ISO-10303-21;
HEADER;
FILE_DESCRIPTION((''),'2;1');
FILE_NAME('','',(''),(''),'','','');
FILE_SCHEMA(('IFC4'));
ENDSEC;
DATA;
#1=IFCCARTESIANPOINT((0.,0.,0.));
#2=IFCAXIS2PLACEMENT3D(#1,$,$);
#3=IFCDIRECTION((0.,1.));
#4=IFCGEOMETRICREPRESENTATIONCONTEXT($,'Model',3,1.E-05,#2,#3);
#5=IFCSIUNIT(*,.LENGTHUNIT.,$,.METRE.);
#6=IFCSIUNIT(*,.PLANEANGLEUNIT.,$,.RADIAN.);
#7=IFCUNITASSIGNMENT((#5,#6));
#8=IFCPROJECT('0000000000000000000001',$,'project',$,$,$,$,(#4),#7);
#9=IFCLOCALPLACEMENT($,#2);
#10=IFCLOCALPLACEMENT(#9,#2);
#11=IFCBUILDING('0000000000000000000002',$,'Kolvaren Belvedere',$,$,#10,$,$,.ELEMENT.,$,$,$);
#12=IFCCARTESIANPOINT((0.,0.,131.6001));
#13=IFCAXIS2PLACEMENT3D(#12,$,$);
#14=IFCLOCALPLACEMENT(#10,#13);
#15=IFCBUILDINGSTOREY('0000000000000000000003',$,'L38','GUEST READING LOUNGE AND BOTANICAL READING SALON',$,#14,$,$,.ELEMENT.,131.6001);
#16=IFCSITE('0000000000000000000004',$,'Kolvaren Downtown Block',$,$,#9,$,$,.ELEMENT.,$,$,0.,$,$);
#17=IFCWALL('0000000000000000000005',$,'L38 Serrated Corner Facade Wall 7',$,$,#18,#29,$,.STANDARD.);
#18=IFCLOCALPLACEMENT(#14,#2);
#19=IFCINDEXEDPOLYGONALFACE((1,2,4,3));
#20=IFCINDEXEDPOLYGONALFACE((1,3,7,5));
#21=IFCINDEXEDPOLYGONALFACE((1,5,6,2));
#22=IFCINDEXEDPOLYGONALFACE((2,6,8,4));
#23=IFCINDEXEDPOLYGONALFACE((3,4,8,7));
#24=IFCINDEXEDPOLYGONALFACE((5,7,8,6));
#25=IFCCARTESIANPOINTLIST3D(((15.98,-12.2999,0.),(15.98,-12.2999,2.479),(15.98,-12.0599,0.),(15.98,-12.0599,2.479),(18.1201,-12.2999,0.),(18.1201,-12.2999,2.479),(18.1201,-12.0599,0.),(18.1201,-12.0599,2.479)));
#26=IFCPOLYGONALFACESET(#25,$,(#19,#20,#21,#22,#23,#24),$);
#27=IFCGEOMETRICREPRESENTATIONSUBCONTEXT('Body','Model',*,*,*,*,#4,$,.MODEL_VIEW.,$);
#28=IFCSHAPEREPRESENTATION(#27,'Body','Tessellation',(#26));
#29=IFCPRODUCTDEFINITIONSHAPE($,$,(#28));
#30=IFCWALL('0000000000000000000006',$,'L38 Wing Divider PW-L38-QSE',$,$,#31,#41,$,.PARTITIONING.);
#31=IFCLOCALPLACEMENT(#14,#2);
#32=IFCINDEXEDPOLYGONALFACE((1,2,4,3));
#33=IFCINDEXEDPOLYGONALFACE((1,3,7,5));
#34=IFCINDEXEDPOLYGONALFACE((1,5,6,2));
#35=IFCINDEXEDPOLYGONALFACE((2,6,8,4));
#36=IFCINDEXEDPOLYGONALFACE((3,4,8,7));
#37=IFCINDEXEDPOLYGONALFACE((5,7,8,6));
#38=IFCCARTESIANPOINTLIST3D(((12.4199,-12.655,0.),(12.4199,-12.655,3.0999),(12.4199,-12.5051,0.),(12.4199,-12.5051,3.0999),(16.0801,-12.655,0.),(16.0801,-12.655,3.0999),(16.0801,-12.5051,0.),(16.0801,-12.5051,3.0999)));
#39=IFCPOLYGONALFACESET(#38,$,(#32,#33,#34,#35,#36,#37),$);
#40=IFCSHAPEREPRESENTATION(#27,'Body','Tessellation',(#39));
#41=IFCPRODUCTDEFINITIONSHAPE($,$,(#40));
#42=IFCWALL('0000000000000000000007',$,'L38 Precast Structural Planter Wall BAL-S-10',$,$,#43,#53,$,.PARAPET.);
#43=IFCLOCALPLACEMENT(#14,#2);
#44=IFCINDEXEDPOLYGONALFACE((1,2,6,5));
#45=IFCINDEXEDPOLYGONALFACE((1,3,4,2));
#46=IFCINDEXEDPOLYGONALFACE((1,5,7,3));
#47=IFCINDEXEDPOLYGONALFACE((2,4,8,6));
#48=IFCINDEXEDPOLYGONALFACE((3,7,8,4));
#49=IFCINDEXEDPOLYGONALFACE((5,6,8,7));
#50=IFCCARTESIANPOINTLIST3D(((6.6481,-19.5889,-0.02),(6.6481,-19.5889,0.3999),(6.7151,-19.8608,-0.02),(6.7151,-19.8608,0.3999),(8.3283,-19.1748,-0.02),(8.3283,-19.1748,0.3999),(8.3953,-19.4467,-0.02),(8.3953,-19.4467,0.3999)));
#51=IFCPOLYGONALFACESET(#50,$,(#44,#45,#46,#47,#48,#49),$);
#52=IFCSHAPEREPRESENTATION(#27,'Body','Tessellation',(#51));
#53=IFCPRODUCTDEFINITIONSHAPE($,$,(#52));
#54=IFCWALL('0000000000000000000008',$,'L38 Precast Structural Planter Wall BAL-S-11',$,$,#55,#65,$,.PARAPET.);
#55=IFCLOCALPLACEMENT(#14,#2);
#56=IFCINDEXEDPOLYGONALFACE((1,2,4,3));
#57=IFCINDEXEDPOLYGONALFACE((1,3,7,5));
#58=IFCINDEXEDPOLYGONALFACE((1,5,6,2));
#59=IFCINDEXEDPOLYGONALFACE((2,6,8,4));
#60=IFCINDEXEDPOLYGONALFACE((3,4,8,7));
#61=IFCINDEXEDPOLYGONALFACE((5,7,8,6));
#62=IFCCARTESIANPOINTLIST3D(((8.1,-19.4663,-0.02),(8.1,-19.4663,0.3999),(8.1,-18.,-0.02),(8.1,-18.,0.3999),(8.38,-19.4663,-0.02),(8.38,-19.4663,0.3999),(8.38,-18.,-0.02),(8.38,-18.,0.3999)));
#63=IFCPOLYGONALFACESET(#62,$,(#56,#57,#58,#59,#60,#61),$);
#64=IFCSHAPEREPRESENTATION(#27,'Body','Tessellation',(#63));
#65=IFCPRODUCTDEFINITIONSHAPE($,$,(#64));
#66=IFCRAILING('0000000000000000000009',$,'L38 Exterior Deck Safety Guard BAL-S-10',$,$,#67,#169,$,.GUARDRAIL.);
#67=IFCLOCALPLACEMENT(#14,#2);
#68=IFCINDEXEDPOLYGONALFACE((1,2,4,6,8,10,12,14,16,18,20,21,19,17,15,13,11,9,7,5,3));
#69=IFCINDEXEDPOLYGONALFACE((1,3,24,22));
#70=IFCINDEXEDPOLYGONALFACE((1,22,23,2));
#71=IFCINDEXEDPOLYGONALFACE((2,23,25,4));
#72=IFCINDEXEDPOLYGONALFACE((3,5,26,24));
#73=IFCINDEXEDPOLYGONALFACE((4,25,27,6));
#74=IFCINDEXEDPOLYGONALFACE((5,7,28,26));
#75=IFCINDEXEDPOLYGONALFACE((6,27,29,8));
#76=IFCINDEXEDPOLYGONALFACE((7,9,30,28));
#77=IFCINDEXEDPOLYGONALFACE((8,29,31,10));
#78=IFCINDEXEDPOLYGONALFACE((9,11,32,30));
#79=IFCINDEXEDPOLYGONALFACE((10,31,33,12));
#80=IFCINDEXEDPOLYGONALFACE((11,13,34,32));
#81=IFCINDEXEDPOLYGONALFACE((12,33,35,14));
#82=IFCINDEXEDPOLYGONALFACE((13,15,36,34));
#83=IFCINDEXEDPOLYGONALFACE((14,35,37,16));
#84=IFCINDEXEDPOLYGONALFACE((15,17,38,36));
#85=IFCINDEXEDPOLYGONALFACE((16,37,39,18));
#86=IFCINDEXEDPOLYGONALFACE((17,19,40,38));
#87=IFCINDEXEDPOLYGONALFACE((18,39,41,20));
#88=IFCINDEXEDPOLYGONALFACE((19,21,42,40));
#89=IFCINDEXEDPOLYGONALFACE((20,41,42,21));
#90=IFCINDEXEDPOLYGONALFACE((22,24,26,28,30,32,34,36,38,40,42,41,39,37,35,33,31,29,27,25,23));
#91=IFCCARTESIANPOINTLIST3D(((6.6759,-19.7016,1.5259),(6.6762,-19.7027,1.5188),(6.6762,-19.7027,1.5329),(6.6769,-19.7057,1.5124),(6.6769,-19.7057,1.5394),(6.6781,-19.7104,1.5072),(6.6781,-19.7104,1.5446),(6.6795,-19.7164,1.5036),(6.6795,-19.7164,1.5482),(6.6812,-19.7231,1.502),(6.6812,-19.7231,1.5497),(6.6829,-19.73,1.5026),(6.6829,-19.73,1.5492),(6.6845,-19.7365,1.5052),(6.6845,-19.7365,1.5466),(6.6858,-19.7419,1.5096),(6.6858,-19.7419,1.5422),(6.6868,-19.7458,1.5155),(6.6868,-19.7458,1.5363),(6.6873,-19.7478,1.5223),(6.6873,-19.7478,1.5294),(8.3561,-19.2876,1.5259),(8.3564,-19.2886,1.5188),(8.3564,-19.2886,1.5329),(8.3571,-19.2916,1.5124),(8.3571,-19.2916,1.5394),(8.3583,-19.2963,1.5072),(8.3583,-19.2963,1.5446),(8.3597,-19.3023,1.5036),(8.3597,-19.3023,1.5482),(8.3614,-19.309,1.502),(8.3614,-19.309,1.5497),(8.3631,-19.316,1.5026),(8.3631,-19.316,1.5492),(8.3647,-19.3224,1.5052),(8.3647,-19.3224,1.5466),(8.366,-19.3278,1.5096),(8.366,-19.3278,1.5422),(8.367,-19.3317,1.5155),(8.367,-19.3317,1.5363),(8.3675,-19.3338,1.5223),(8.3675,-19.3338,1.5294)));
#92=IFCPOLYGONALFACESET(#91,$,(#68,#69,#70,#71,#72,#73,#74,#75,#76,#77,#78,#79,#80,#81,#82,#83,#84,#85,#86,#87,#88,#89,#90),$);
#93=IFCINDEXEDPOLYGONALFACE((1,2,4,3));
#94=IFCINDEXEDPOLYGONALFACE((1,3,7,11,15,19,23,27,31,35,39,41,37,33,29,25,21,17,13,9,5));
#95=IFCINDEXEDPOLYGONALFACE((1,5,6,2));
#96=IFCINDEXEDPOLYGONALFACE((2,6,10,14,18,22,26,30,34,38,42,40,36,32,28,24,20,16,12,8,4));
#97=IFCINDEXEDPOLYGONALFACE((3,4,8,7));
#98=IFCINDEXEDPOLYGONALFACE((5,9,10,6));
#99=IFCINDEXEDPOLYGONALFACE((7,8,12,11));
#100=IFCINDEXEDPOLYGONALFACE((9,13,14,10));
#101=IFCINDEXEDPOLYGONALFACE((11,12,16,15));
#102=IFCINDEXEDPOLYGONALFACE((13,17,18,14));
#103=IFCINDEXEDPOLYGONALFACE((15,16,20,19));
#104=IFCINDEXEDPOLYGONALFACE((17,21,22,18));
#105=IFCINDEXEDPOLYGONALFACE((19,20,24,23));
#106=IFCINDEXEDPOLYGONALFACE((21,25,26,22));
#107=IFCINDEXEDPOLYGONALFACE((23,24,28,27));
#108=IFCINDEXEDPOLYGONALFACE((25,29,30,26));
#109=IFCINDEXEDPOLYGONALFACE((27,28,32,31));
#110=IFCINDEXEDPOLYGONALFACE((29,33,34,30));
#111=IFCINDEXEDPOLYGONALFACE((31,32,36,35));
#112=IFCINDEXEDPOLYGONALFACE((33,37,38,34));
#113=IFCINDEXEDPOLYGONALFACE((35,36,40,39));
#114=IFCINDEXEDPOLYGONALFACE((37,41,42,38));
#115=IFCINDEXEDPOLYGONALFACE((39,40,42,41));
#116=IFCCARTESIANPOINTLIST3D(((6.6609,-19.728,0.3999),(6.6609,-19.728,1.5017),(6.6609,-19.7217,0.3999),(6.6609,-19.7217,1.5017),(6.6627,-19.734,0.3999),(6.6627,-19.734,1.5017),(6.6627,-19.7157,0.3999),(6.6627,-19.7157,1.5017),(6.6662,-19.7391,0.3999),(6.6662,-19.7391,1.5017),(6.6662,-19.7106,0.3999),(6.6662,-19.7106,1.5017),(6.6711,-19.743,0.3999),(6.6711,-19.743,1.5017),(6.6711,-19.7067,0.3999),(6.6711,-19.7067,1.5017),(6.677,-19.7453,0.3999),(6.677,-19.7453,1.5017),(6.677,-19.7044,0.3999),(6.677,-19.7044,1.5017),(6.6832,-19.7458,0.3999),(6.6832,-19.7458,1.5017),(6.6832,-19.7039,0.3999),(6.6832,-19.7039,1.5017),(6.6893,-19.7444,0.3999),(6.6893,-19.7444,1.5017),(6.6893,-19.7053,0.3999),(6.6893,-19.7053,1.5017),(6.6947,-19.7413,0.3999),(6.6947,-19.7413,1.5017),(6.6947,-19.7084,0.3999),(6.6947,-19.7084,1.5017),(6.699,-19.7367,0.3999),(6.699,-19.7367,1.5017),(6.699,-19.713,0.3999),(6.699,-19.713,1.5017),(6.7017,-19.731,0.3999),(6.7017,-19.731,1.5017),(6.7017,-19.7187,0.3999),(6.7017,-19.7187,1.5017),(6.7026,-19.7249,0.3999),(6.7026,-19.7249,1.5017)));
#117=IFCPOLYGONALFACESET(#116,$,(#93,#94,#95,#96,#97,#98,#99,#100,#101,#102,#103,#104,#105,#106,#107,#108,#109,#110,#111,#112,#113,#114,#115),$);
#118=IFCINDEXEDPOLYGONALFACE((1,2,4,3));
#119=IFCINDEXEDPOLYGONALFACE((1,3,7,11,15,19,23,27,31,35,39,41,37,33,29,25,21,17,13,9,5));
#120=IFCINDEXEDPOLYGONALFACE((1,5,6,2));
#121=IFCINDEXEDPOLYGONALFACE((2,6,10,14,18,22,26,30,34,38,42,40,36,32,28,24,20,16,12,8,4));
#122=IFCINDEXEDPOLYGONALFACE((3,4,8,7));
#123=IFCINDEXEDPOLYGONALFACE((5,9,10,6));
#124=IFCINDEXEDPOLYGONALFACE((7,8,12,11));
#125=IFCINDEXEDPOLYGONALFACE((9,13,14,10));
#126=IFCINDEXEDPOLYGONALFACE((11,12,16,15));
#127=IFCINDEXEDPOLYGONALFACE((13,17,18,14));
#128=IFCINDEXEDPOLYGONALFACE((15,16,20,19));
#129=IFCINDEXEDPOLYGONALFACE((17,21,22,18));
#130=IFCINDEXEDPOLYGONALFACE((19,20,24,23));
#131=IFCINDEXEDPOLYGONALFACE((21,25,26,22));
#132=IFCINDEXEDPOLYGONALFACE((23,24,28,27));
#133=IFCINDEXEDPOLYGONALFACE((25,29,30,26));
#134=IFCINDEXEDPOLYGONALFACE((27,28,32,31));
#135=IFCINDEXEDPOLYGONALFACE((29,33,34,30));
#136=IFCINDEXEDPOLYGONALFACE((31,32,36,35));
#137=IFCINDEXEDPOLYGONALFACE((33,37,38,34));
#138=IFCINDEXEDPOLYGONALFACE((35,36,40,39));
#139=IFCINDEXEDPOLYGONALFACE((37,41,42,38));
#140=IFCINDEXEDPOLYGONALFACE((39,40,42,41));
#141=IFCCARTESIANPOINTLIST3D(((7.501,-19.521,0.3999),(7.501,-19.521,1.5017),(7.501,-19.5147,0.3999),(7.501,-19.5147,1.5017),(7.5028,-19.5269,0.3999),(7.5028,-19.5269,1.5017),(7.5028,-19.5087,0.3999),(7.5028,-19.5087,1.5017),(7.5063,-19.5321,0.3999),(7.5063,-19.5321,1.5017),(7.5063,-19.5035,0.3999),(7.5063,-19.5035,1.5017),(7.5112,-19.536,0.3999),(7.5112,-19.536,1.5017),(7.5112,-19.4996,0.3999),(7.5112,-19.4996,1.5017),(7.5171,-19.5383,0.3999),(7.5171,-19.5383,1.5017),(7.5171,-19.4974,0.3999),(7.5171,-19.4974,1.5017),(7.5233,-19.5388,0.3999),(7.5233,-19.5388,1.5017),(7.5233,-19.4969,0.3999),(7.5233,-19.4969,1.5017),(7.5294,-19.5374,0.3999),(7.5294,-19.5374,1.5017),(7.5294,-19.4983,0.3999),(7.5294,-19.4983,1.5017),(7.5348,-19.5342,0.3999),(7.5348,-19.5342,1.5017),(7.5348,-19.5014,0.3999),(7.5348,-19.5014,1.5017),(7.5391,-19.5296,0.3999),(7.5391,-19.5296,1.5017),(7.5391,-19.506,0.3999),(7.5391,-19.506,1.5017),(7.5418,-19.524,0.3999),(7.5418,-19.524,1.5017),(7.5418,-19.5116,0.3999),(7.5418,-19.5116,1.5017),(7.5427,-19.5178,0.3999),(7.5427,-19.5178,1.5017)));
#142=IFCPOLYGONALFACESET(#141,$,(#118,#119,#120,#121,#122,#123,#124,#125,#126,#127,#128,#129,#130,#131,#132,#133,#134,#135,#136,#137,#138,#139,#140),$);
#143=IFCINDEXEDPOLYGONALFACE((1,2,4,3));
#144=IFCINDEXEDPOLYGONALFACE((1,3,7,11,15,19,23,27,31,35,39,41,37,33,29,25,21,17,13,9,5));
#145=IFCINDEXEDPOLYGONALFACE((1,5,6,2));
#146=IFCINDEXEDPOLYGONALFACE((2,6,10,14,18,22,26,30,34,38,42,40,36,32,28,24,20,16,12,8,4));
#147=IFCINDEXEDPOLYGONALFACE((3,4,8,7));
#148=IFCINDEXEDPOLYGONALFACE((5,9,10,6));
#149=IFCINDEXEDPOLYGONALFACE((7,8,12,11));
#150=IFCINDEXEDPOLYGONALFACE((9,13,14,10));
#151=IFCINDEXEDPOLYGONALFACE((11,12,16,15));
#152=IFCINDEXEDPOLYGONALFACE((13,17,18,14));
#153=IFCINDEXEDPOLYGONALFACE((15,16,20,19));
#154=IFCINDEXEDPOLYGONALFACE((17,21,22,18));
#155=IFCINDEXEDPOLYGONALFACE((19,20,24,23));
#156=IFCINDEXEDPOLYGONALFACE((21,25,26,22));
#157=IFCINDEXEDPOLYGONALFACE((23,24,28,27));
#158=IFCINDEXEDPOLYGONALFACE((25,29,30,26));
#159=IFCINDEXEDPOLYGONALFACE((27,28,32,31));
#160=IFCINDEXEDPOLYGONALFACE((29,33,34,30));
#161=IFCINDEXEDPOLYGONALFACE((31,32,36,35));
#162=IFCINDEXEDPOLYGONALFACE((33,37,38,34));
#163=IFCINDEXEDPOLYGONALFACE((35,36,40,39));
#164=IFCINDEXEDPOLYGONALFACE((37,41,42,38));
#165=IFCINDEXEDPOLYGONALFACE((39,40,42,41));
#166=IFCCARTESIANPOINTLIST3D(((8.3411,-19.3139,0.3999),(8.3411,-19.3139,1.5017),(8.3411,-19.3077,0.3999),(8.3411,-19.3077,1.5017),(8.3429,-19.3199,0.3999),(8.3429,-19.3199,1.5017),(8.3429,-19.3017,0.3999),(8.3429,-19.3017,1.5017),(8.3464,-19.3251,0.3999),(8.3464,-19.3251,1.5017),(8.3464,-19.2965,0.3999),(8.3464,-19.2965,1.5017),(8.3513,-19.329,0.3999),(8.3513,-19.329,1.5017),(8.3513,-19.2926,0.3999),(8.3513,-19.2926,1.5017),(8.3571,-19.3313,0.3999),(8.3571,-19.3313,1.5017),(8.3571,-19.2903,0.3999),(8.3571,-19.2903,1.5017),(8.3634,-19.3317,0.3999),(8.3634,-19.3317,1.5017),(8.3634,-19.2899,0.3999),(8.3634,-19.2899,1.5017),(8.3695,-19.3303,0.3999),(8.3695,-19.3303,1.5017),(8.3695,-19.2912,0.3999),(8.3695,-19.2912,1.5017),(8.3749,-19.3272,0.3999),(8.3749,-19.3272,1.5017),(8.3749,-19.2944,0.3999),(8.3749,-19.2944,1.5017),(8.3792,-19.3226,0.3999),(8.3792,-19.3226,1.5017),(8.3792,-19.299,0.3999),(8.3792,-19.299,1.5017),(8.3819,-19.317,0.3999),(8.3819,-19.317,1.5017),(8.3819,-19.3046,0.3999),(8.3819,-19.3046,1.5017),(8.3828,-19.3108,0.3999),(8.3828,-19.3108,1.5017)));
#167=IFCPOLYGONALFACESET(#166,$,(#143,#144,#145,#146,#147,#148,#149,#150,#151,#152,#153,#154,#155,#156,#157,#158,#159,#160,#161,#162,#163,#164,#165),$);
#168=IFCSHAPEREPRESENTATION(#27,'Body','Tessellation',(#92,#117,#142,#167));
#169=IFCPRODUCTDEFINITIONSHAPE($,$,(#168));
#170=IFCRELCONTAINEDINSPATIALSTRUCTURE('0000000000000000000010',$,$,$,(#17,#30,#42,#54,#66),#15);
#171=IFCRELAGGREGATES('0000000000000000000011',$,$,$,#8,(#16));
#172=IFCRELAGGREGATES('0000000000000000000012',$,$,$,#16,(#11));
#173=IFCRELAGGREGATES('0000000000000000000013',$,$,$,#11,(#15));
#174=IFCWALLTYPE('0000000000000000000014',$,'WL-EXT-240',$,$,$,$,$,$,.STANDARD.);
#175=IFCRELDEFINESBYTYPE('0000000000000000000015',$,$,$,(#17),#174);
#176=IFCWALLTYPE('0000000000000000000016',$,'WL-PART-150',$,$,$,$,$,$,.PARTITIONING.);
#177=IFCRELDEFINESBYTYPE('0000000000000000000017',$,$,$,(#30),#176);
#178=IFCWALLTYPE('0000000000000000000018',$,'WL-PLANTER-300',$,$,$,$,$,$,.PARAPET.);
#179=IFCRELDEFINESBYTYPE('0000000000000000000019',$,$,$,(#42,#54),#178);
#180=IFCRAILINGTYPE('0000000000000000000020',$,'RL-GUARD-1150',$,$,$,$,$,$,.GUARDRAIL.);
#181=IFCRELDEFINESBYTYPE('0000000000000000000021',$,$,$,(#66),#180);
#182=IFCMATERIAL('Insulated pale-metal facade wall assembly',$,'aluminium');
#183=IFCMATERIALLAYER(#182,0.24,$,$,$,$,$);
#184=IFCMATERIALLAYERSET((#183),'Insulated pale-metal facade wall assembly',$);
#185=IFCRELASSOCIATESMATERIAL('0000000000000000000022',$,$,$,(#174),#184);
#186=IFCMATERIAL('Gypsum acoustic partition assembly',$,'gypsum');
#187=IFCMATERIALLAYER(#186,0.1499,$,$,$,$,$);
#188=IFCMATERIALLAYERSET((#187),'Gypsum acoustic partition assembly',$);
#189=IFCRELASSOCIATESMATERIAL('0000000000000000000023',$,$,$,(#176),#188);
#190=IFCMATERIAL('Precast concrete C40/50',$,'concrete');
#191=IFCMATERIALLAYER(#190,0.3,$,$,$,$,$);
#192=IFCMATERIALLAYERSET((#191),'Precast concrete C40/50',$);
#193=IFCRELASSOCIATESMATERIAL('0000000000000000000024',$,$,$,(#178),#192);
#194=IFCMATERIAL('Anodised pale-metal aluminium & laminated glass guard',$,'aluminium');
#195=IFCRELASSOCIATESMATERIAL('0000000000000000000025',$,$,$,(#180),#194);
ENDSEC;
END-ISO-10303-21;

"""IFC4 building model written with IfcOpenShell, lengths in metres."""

from ifc_helpers import new_model, si_unit, direction, frame, frame_2d, origin, origin_2d, place, context, subcontext, project, spatial, rectangle, circle, extrude, material, layer, layer_set, type_object, element, save


model = new_model("IFC4")

# Units and contexts
model_context = context("Model", 3, precision=1e-05, world=origin(), true_north=direction((0.0, 1.0)))
body_context = subcontext(model_context, "Body", "Model", "MODEL_VIEW")
ifc_project = project(units=[si_unit("LENGTHUNIT", "METRE"), si_unit("PLANEANGLEUNIT", "RADIAN")], contexts=[model_context])

# Site, building, storey
site_placement = place(None, origin())
site = spatial("IfcSite", under=ifc_project, at=site_placement, Name="Kolvaren Downtown Block", CompositionType="ELEMENT", RefElevation=0.0)
building_placement = place(site_placement, origin())
building = spatial("IfcBuilding", under=site, at=building_placement, Name="Kolvaren Belvedere", CompositionType="ELEMENT")
storey_placement = place(building_placement, frame((0.0, 0.0, 131.6001)))
storey = spatial("IfcBuildingStorey", under=building, at=storey_placement, Name="L38", Description="GUEST READING LOUNGE AND BOTANICAL READING SALON", CompositionType="ELEMENT", Elevation=131.6001)

# Walls
ifc_material_1 = material(Name="Insulated pale-metal facade wall assembly", Category="aluminium")
ifc_layer_1 = layer(ifc_material_1, 0.24)
ifc_layer_set_1 = layer_set([ifc_layer_1], Name="Insulated pale-metal facade wall assembly")
wall_type_1 = type_object("IfcWallType", Name="WL-EXT-240", PredefinedType="STANDARD", material=ifc_layer_set_1)
for number, where, z_axis, x_axis, name in (
    (1, (18.1201, -12.1799, 0.0), (0.0, 0.0, 1.0), (-1.0, 0.0, 0.0), "L38 Serrated Corner Facade Wall 7"),
):
    element("IfcWall", number, at=place(storey_placement, frame(where, z_axis=z_axis, x_axis=x_axis)), inside=storey, type_object=wall_type_1, Name=name, PredefinedType="STANDARD", context=body_context, shape_type="SweptSolid", body=[
        extrude(rectangle(XDim=2.1401, YDim=0.24, at=frame_2d((1.0701, 0.0))), origin(), (0.0, 0.0, 1.0), 2.479),
    ])
ifc_material_2 = material(Name="Gypsum acoustic partition assembly", Category="gypsum")
ifc_layer_2 = layer(ifc_material_2, 0.1499)
ifc_layer_set_2 = layer_set([ifc_layer_2], Name="Gypsum acoustic partition assembly")
wall_type_2 = type_object("IfcWallType", Name="WL-PART-150", PredefinedType="PARTITIONING", material=ifc_layer_set_2)
wall_1_placement = place(storey_placement, frame((12.4199, -12.5801, 0.0), z_axis=(0.0, 0.0, 1.0), x_axis=(1.0, 0.0, 0.0)))
element("IfcWall", 2, at=wall_1_placement, inside=storey, type_object=wall_type_2, Name="L38 Wing Divider PW-L38-QSE", PredefinedType="PARTITIONING", context=body_context, shape_type="SweptSolid", body=[
    extrude(rectangle(XDim=3.6602, YDim=0.1499, at=frame_2d((1.8301, 0.0))), origin(), (0.0, 0.0, 1.0), 3.0999),
])
ifc_material_3 = material(Name="Precast concrete C40/50", Category="concrete")
ifc_layer_3 = layer(ifc_material_3, 0.3)
ifc_layer_set_3 = layer_set([ifc_layer_3], Name="Precast concrete C40/50")
wall_type_3 = type_object("IfcWallType", Name="WL-PLANTER-300", PredefinedType="PARAPET", material=ifc_layer_set_3)
wall_2_placement = place(storey_placement, frame((6.6816, -19.7249, -0.02), z_axis=(0.0, 0.0, 1.0), x_axis=(0.97095, 0.239281, 0.0)))
element("IfcWall", 3, at=wall_2_placement, inside=storey, type_object=wall_type_3, Name="L38 Precast Structural Planter Wall BAL-S-10", PredefinedType="PARAPET", context=body_context, shape_type="SweptSolid", body=[
    extrude(rectangle(XDim=1.7305, YDim=0.28, at=frame_2d((0.8652, 0.0))), origin(), (0.0, 0.0, 1.0), 0.4199),
])
wall_3_placement = place(storey_placement, frame((8.24, -19.4663, -0.02), z_axis=(0.0, 0.0, 1.0), x_axis=(0.0, 1.0, 0.0)))
element("IfcWall", 4, at=wall_3_placement, inside=storey, type_object=wall_type_3, Name="L38 Precast Structural Planter Wall BAL-S-11", PredefinedType="PARAPET", context=body_context, shape_type="SweptSolid", body=[
    extrude(rectangle(XDim=1.4663, YDim=0.28, at=frame_2d((0.7332, 0.0))), origin(), (0.0, 0.0, 1.0), 0.4199),
])

# Railing
ifc_material_4 = material(Name="Anodised pale-metal aluminium & laminated glass guard", Category="aluminium")
railing_type = type_object("IfcRailingType", Name="RL-GUARD-1150", PredefinedType="GUARDRAIL", material=ifc_material_4)
railing_1_placement = place(storey_placement, frame((6.6816, -19.7249, 0.3999)))
element("IfcRailing", 5, at=railing_1_placement, inside=storey, type_object=railing_type, Name="L38 Exterior Deck Safety Guard BAL-S-10", PredefinedType="GUARDRAIL", context=body_context, shape_type="SweptSolid", body=[
    extrude(circle(Radius=0.0239, at=origin_2d()), frame((0.0, 0.0, 1.126), z_axis=(0.97095, 0.239281, 0.0), x_axis=(-0.239281, 0.97095, 0.0)), (0.0, 0.0, 1.0), 1.7305),
    extrude(circle(Radius=0.021, at=origin_2d()), origin(), (0.0, 0.0, 1.0), 1.1018),
    extrude(circle(Radius=0.021, at=origin_2d()), frame((0.8401, 0.207, 0.0)), (0.0, 0.0, 1.0), 1.1018),
    extrude(circle(Radius=0.021, at=origin_2d()), frame((1.6802, 0.4141, 0.0)), (0.0, 0.0, 1.0), 1.1018),
])

save(model, "model.ifc")
